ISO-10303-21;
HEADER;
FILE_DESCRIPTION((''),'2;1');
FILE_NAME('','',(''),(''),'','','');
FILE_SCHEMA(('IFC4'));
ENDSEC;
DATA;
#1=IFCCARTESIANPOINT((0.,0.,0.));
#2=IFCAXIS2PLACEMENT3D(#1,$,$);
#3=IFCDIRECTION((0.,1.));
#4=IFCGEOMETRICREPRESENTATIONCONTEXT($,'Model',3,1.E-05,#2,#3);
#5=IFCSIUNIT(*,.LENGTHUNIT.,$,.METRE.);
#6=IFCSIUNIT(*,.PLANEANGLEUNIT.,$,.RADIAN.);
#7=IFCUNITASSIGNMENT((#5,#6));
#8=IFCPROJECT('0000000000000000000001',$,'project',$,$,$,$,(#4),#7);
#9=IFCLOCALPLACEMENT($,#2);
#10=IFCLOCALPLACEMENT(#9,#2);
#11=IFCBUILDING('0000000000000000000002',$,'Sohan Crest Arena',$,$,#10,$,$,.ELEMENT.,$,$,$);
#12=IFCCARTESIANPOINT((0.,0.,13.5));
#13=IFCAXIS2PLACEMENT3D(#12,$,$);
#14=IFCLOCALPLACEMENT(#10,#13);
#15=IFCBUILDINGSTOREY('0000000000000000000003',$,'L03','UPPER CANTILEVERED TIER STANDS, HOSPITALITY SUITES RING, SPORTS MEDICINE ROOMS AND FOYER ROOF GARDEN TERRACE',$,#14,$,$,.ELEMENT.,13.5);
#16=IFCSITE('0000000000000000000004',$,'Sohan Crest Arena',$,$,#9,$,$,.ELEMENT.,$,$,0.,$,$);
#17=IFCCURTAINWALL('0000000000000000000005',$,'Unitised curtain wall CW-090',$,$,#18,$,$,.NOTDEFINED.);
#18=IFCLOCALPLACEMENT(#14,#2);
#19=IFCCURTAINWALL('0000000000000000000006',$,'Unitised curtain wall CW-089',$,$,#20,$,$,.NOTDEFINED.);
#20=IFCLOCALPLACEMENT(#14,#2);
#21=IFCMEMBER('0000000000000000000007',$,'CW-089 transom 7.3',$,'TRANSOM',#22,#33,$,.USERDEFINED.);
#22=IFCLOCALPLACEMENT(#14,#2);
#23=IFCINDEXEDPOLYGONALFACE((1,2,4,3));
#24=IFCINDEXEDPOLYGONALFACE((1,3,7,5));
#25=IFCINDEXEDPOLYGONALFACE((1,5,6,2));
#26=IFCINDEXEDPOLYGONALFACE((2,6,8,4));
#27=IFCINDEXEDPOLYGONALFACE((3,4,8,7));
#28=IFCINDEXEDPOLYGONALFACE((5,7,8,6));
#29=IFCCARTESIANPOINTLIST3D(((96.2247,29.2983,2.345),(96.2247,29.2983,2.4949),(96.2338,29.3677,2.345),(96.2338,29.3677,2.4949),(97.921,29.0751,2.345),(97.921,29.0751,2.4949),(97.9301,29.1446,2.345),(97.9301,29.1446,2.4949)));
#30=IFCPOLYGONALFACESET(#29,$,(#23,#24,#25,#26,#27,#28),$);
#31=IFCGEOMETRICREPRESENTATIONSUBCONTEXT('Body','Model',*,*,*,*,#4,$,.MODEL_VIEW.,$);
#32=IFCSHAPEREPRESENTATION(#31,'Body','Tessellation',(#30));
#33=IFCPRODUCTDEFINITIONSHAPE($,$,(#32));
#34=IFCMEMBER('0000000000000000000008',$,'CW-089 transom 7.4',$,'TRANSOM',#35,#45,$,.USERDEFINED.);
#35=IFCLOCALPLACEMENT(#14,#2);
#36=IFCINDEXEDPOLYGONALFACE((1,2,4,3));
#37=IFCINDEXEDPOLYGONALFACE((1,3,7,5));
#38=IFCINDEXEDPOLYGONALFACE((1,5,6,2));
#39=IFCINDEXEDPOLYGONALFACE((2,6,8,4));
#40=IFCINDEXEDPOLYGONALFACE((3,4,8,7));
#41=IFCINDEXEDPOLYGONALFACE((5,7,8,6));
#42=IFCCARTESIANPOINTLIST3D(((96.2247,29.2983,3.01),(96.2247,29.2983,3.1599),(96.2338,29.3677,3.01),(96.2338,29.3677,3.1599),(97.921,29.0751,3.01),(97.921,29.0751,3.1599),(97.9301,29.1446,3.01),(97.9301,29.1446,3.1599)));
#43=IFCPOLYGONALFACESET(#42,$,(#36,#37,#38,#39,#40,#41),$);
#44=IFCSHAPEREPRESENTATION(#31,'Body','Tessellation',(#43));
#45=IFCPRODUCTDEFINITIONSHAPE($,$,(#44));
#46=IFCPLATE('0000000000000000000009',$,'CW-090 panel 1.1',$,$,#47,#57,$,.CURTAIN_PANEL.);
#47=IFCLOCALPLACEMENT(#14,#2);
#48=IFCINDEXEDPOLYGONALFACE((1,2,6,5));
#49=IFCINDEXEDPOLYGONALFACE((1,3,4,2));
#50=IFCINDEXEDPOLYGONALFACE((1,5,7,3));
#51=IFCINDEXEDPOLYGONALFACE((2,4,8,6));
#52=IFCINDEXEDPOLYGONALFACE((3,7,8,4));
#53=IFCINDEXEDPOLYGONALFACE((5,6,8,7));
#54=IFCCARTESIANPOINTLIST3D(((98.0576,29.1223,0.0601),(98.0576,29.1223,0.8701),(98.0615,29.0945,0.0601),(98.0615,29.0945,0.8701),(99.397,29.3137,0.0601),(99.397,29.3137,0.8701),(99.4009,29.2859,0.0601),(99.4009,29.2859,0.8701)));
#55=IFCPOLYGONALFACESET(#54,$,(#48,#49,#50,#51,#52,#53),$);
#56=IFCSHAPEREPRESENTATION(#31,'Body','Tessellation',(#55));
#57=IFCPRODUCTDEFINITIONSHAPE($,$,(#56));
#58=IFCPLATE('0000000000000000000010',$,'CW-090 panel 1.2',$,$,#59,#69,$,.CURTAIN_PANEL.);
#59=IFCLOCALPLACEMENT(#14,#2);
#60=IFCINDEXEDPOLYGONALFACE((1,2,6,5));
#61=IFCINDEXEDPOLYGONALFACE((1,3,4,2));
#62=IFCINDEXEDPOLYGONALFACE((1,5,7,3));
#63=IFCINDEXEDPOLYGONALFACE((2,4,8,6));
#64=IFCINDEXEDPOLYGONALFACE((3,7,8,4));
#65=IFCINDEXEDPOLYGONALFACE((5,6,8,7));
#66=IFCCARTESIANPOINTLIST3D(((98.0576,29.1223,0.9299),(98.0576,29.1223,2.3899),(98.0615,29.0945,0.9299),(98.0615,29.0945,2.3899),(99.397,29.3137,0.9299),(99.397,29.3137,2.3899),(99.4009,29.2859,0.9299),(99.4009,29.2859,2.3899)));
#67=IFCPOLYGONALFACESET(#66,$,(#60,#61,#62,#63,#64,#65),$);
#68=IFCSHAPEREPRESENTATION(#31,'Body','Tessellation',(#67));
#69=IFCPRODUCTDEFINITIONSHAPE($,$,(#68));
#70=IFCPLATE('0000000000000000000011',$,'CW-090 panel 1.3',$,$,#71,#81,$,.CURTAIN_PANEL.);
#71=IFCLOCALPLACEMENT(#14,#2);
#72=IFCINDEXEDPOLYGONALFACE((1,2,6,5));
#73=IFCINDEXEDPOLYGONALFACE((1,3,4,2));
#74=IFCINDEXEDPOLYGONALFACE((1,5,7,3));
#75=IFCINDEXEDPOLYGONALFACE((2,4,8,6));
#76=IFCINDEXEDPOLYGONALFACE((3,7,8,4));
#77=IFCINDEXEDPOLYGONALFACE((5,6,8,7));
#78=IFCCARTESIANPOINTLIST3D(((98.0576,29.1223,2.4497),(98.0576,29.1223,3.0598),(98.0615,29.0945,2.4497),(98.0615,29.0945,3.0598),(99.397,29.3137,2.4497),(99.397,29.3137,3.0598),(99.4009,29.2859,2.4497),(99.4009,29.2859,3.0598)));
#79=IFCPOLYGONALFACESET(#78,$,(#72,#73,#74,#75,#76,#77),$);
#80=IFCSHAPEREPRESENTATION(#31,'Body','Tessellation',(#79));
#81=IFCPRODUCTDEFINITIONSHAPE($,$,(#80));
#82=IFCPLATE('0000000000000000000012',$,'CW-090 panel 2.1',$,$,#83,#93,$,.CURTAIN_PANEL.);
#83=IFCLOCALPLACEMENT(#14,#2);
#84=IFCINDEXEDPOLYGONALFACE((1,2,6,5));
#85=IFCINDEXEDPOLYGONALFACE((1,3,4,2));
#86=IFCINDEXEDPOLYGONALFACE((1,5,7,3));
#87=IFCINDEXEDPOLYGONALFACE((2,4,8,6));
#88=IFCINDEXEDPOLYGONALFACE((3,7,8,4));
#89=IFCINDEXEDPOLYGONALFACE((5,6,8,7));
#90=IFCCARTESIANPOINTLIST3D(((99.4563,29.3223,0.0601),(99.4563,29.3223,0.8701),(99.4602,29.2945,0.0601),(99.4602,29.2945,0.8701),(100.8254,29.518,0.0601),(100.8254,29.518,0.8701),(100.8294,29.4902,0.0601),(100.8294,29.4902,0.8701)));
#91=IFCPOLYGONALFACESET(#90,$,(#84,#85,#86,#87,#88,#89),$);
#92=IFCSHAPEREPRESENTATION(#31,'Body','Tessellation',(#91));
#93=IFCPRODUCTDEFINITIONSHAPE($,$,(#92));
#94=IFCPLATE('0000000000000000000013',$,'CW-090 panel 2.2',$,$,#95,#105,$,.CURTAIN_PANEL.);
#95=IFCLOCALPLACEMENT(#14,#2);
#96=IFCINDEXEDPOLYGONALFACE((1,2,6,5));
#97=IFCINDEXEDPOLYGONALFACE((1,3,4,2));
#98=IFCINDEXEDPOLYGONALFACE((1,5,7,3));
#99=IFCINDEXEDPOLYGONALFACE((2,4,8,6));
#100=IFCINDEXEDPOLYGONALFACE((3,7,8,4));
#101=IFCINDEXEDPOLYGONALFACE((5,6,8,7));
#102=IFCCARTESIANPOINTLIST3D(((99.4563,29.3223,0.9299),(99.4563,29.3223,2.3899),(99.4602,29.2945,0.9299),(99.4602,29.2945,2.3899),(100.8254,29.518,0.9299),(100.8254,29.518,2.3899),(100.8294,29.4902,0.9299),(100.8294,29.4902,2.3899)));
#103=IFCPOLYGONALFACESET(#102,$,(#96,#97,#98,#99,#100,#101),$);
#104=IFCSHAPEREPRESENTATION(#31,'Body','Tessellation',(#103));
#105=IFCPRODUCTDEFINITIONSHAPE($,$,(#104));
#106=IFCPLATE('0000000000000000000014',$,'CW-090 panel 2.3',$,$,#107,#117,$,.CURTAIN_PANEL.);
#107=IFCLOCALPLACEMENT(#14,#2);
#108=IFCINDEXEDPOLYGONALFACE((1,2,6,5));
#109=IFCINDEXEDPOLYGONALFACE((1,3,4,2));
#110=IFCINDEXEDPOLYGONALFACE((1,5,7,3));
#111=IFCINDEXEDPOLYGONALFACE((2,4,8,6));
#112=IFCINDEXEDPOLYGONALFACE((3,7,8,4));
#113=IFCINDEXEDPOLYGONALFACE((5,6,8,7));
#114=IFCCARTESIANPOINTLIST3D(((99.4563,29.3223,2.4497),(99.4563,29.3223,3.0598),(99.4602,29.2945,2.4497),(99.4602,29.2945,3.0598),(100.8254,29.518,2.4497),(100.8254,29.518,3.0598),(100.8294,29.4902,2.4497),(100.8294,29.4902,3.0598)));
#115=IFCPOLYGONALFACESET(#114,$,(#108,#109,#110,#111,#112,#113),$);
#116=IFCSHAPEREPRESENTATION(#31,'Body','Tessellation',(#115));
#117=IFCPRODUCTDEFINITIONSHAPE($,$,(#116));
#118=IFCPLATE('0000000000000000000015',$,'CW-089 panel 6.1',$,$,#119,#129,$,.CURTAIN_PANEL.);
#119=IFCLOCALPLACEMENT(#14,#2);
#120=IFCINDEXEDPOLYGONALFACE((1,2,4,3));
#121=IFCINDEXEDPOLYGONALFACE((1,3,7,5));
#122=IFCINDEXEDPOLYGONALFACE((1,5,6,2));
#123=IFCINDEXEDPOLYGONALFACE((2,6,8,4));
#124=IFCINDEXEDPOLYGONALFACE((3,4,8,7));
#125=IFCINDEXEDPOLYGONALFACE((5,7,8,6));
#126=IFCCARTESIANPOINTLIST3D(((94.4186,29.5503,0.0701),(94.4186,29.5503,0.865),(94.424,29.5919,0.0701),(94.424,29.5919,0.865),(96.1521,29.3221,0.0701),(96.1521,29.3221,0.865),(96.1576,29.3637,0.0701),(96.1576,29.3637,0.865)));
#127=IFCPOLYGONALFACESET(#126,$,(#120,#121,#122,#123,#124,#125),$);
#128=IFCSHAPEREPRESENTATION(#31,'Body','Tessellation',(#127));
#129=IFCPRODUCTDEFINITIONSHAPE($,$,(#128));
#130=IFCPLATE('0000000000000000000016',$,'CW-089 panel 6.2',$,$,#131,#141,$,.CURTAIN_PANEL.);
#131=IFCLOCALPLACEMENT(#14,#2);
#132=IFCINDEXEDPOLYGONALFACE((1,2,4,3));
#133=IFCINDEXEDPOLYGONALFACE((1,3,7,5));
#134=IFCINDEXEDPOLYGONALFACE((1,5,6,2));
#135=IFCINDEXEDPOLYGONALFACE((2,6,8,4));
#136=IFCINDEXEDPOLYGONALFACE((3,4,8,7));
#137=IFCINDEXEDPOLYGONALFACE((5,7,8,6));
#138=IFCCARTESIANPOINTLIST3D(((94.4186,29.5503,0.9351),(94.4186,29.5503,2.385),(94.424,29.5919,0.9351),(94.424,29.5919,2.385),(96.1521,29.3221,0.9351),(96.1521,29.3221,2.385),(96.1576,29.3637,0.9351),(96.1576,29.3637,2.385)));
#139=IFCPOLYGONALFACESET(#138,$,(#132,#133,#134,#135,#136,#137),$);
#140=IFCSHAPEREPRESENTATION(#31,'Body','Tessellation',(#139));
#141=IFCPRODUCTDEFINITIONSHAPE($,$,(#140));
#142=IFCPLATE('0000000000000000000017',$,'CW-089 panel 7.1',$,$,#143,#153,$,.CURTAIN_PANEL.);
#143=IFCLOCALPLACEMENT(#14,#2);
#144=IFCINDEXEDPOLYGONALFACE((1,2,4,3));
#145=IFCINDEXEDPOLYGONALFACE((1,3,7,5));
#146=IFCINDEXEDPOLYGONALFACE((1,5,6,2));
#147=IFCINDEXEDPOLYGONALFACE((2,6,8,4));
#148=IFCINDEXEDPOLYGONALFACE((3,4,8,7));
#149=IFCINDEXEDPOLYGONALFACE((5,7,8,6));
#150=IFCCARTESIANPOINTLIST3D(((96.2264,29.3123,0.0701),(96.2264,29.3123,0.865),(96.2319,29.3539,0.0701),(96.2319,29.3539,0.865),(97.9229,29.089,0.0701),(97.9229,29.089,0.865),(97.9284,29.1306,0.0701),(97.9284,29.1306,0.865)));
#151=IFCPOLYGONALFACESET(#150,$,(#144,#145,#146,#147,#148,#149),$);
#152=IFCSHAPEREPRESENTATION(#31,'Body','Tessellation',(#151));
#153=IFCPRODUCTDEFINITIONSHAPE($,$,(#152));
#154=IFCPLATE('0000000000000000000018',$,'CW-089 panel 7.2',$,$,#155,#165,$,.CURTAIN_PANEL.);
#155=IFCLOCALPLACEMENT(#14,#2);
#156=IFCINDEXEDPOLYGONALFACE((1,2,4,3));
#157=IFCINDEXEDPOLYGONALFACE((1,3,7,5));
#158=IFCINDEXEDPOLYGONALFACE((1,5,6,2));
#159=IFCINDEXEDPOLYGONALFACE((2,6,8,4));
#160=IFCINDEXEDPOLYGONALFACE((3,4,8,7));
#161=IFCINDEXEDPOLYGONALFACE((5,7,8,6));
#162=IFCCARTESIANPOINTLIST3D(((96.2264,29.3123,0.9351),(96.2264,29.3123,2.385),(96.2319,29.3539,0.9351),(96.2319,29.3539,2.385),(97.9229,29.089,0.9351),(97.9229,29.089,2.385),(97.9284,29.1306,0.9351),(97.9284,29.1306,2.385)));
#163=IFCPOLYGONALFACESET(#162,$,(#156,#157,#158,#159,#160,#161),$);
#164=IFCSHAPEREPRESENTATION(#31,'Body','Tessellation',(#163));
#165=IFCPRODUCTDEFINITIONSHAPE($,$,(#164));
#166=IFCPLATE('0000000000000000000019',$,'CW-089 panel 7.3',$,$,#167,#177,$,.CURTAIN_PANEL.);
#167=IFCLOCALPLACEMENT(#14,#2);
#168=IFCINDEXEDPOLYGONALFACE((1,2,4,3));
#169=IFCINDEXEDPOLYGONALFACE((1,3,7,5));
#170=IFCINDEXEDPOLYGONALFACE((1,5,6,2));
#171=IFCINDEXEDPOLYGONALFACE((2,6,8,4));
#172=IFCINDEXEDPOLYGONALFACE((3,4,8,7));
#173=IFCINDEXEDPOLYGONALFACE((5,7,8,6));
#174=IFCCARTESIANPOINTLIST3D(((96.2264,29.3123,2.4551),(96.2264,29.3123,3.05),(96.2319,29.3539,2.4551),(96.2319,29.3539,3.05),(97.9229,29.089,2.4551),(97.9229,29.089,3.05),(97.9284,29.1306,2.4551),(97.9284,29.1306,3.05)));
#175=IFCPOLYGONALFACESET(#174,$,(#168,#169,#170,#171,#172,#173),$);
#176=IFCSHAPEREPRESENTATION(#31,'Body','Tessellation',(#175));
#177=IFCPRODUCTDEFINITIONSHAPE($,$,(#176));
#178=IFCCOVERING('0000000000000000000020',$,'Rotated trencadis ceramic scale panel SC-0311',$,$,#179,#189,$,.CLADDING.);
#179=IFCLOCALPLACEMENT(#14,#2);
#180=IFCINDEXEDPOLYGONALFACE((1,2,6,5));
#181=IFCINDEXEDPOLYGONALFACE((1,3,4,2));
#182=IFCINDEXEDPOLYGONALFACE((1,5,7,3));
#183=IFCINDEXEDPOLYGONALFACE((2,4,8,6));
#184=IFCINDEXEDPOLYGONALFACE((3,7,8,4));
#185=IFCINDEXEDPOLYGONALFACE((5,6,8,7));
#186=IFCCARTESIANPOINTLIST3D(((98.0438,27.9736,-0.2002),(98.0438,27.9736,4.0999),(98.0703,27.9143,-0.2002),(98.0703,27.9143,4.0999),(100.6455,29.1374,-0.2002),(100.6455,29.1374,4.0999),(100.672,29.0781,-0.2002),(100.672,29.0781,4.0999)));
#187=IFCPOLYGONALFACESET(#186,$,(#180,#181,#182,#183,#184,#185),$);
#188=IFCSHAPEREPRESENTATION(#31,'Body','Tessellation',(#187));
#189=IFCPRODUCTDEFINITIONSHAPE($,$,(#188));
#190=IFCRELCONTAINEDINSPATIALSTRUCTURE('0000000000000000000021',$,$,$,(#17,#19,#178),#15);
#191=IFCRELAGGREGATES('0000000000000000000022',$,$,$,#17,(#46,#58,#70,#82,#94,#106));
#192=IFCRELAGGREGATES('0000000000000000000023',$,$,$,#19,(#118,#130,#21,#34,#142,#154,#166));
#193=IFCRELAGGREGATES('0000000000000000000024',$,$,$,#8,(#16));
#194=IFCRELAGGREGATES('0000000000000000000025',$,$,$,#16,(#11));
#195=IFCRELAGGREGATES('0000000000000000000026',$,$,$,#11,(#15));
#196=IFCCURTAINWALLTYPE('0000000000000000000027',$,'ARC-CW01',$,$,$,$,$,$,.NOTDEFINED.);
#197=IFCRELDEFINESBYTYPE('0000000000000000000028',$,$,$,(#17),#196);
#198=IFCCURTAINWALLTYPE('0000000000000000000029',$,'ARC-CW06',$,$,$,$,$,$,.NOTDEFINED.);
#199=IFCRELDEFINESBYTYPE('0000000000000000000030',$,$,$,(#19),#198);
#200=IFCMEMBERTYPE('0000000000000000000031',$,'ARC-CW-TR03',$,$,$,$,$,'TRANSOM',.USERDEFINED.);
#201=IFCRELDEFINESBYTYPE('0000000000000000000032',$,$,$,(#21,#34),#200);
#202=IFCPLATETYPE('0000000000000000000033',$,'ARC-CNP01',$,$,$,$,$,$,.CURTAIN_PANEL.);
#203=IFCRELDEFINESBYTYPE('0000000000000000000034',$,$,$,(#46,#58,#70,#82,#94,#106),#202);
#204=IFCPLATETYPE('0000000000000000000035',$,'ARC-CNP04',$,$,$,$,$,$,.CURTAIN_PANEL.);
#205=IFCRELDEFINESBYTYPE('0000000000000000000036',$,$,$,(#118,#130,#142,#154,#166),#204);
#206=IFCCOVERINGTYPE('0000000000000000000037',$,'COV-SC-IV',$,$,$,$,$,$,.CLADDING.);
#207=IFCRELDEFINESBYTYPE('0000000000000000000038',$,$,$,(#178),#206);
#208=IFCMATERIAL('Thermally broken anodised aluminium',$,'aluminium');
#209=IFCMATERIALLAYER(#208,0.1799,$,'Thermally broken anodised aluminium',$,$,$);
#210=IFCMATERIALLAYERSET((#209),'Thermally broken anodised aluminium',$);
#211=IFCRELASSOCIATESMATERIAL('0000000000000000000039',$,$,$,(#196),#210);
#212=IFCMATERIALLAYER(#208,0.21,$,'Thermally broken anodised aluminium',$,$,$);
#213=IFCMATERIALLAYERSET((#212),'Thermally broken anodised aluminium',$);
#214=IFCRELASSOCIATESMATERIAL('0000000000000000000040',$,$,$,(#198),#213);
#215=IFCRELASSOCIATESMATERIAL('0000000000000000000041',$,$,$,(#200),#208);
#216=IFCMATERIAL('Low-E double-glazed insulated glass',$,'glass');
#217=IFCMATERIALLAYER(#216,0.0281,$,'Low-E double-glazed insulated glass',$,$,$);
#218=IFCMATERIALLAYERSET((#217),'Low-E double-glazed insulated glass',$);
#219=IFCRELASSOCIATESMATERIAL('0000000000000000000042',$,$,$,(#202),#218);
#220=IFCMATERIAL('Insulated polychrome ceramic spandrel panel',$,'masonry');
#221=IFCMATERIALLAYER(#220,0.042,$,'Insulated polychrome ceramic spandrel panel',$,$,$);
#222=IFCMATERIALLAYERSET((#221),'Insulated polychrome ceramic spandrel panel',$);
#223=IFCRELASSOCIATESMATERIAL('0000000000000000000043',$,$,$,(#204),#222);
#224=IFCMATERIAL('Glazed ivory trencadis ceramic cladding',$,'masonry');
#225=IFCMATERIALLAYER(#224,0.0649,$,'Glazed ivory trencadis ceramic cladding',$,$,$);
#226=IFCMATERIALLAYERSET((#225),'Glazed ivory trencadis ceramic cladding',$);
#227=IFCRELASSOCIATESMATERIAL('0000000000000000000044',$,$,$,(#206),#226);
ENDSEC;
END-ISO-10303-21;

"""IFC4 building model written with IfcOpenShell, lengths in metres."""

from ifc_helpers import new_model, si_unit, direction, frame, origin, origin_2d, place, context, subcontext, project, spatial, rectangle, extrude, material, layer, layer_set, material_profile, profile_set, type_object, element, aggregate, save


model = new_model("IFC4")

# Units and contexts
model_context = context("Model", 3, precision=1e-05, world=origin(), true_north=direction((0.0, 1.0)))
body_context = subcontext(model_context, "Body", "Model", "MODEL_VIEW")
ifc_project = project(units=[si_unit("LENGTHUNIT", "METRE"), si_unit("PLANEANGLEUNIT", "RADIAN")], contexts=[model_context])

# Site, building, storey
site_placement = place(None, origin())
site = spatial("IfcSite", under=ifc_project, at=site_placement, Name="Sohan Crest Arena", CompositionType="ELEMENT", RefElevation=0.0)
building_placement = place(site_placement, origin())
building = spatial("IfcBuilding", under=site, at=building_placement, Name="Sohan Crest Arena", CompositionType="ELEMENT")
storey_placement = place(building_placement, frame((0.0, 0.0, 13.5)))
storey = spatial("IfcBuildingStorey", under=building, at=storey_placement, Name="L03", Description="UPPER CANTILEVERED TIER STANDS, HOSPITALITY SUITES RING, SPORTS MEDICINE ROOMS AND FOYER ROOF GARDEN TERRACE", CompositionType="ELEMENT", Elevation=13.5)

# Curtain walls
ifc_material_1 = material(Name="Thermally broken anodised aluminium", Category="aluminium")
ifc_layer_1 = layer(ifc_material_1, 0.1799, Name="Thermally broken anodised aluminium")
ifc_layer_set_1 = layer_set([ifc_layer_1], Name="Thermally broken anodised aluminium")
curtain_wall_type_1 = type_object("IfcCurtainWallType", Name="ARC-CW01", PredefinedType="NOTDEFINED", material=ifc_layer_set_1)
curtain_wall_1_placement = place(storey_placement, origin())
curtain_wall_1 = element("IfcCurtainWall", 1, at=curtain_wall_1_placement, inside=storey, type_object=curtain_wall_type_1, Name="Unitised curtain wall CW-090", PredefinedType="NOTDEFINED")
ifc_layer_2 = layer(ifc_material_1, 0.21, Name="Thermally broken anodised aluminium")
ifc_layer_set_2 = layer_set([ifc_layer_2], Name="Thermally broken anodised aluminium")
curtain_wall_type_2 = type_object("IfcCurtainWallType", Name="ARC-CW06", PredefinedType="NOTDEFINED", material=ifc_layer_set_2)
curtain_wall_2_placement = place(storey_placement, origin())
curtain_wall_2 = element("IfcCurtainWall", 2, at=curtain_wall_2_placement, inside=storey, type_object=curtain_wall_type_2, Name="Unitised curtain wall CW-089", PredefinedType="NOTDEFINED")

# Members
ifc_material_profile_1 = material_profile(ifc_material_1, rectangle(XDim=0.0701, YDim=0.1499, at=origin_2d()), Name="ALU-TRAN 70x150")
ifc_profile_set_1 = profile_set([ifc_material_profile_1], Name="Thermally broken anodised aluminium")
member_type_1 = type_object("IfcMemberType", Name="ARC-CW-TR03", ElementType="TRANSOM", PredefinedType="USERDEFINED", material=ifc_profile_set_1)
member_1_placement = place(storey_placement, frame((96.2292, 29.333, 2.4199), z_axis=(0.991458, -0.130425, 0.0), x_axis=(0.130425, 0.991458, 0.0)))
member_1 = element("IfcMember", 3, at=member_1_placement, type_object=member_type_1, Name="CW-089 transom 7.3", ObjectType="TRANSOM", PredefinedType="USERDEFINED", context=body_context, shape_type="SweptSolid", body=[
    extrude(rectangle(XDim=0.0701, YDim=0.1499, at=origin_2d()), origin(), (0.0, 0.0, 1.0), 1.7109),
])
member_2_placement = place(storey_placement, frame((96.2292, 29.333, 3.085), z_axis=(0.991458, -0.130425, 0.0), x_axis=(0.130425, 0.991458, 0.0)))
member_2 = element("IfcMember", 4, at=member_2_placement, type_object=member_type_1, Name="CW-089 transom 7.4", ObjectType="TRANSOM", PredefinedType="USERDEFINED", context=body_context, shape_type="SweptSolid", body=[
    extrude(rectangle(XDim=0.0701, YDim=0.1499, at=origin_2d()), origin(), (0.0, 0.0, 1.0), 1.7109),
])

# Plates
ifc_material_2 = material(Name="Low-E double-glazed insulated glass", Category="glass")
ifc_layer_3 = layer(ifc_material_2, 0.0281, Name="Low-E double-glazed insulated glass")
ifc_layer_set_3 = layer_set([ifc_layer_3], Name="Low-E double-glazed insulated glass")
plate_type_1 = type_object("IfcPlateType", Name="ARC-CNP01", PredefinedType="CURTAIN_PANEL", material=ifc_layer_set_3)
plate_1_placement = place(storey_placement, frame((98.7292, 29.2041, 0.0601), z_axis=(0.0, 0.0, 1.0), x_axis=(0.989944, 0.141463, 0.0)))
plate_1 = element("IfcPlate", 5, at=plate_1_placement, type_object=plate_type_1, Name="CW-090 panel 1.1", PredefinedType="CURTAIN_PANEL", context=body_context, shape_type="SweptSolid", body=[
    extrude(rectangle(XDim=1.353, YDim=0.0281, at=origin_2d()), origin(), (0.0, 0.0, 1.0), 0.8101),
])
plate_2_placement = place(storey_placement, frame((98.7292, 29.2041, 0.9299), z_axis=(0.0, 0.0, 1.0), x_axis=(0.989944, 0.141463, 0.0)))
plate_2 = element("IfcPlate", 6, at=plate_2_placement, type_object=plate_type_1, Name="CW-090 panel 1.2", PredefinedType="CURTAIN_PANEL", context=body_context, shape_type="SweptSolid", body=[
    extrude(rectangle(XDim=1.353, YDim=0.0281, at=origin_2d()), origin(), (0.0, 0.0, 1.0), 1.46),
])
plate_3_placement = place(storey_placement, frame((98.7292, 29.2041, 2.4497), z_axis=(0.0, 0.0, 1.0), x_axis=(0.989944, 0.141463, 0.0)))
plate_3 = element("IfcPlate", 7, at=plate_3_placement, type_object=plate_type_1, Name="CW-090 panel 1.3", PredefinedType="CURTAIN_PANEL", context=body_context, shape_type="SweptSolid", body=[
    extrude(rectangle(XDim=1.353, YDim=0.0281, at=origin_2d()), origin(), (0.0, 0.0, 1.0), 0.6101),
])
plate_4_placement = place(storey_placement, frame((100.1428, 29.4062, 0.0601), z_axis=(0.0, 0.0, 1.0), x_axis=(0.989944, 0.141463, 0.0)))
plate_4 = element("IfcPlate", 8, at=plate_4_placement, type_object=plate_type_1, Name="CW-090 panel 2.1", PredefinedType="CURTAIN_PANEL", context=body_context, shape_type="SweptSolid", body=[
    extrude(rectangle(XDim=1.3831, YDim=0.0281, at=origin_2d()), origin(), (0.0, 0.0, 1.0), 0.8101),
])
plate_5_placement = place(storey_placement, frame((100.1428, 29.4062, 0.9299), z_axis=(0.0, 0.0, 1.0), x_axis=(0.989944, 0.141463, 0.0)))
plate_5 = element("IfcPlate", 9, at=plate_5_placement, type_object=plate_type_1, Name="CW-090 panel 2.2", PredefinedType="CURTAIN_PANEL", context=body_context, shape_type="SweptSolid", body=[
    extrude(rectangle(XDim=1.3831, YDim=0.0281, at=origin_2d()), origin(), (0.0, 0.0, 1.0), 1.46),
])
plate_6_placement = place(storey_placement, frame((100.1428, 29.4062, 2.4497), z_axis=(0.0, 0.0, 1.0), x_axis=(0.989944, 0.141463, 0.0)))
plate_6 = element("IfcPlate", 10, at=plate_6_placement, type_object=plate_type_1, Name="CW-090 panel 2.3", PredefinedType="CURTAIN_PANEL", context=body_context, shape_type="SweptSolid", body=[
    extrude(rectangle(XDim=1.3831, YDim=0.0281, at=origin_2d()), origin(), (0.0, 0.0, 1.0), 0.6101),
])
aggregate(curtain_wall_1, [plate_1, plate_2, plate_3, plate_4, plate_5, plate_6])
ifc_material_3 = material(Name="Insulated polychrome ceramic spandrel panel", Category="masonry")
ifc_layer_4 = layer(ifc_material_3, 0.042, Name="Insulated polychrome ceramic spandrel panel")
ifc_layer_set_4 = layer_set([ifc_layer_4], Name="Insulated polychrome ceramic spandrel panel")
plate_type_2 = type_object("IfcPlateType", Name="ARC-CNP04", PredefinedType="CURTAIN_PANEL", material=ifc_layer_set_4)
plate_7_placement = place(storey_placement, frame((95.2881, 29.457, 0.0701), z_axis=(0.0, 0.0, 1.0), x_axis=(0.991447, -0.130511, 0.0)))
plate_7 = element("IfcPlate", 11, at=plate_7_placement, type_object=plate_type_2, Name="CW-089 panel 6.1", PredefinedType="CURTAIN_PANEL", context=body_context, shape_type="SweptSolid", body=[
    extrude(rectangle(XDim=1.7485, YDim=0.042, at=origin_2d()), origin(), (0.0, 0.0, 1.0), 0.7949),
])
plate_8_placement = place(storey_placement, frame((95.2881, 29.457, 0.9351), z_axis=(0.0, 0.0, 1.0), x_axis=(0.991447, -0.130511, 0.0)))
plate_8 = element("IfcPlate", 12, at=plate_8_placement, type_object=plate_type_2, Name="CW-089 panel 6.2", PredefinedType="CURTAIN_PANEL", context=body_context, shape_type="SweptSolid", body=[
    extrude(rectangle(XDim=1.7485, YDim=0.042, at=origin_2d()), origin(), (0.0, 0.0, 1.0), 1.45),
])
plate_9_placement = place(storey_placement, frame((97.0774, 29.2214, 0.0701), z_axis=(0.0, 0.0, 1.0), x_axis=(0.991447, -0.130511, 0.0)))
plate_9 = element("IfcPlate", 13, at=plate_9_placement, type_object=plate_type_2, Name="CW-089 panel 7.1", PredefinedType="CURTAIN_PANEL", context=body_context, shape_type="SweptSolid", body=[
    extrude(rectangle(XDim=1.7112, YDim=0.042, at=origin_2d()), origin(), (0.0, 0.0, 1.0), 0.7949),
])
plate_10_placement = place(storey_placement, frame((97.0774, 29.2214, 0.9351), z_axis=(0.0, 0.0, 1.0), x_axis=(0.991447, -0.130511, 0.0)))
plate_10 = element("IfcPlate", 14, at=plate_10_placement, type_object=plate_type_2, Name="CW-089 panel 7.2", PredefinedType="CURTAIN_PANEL", context=body_context, shape_type="SweptSolid", body=[
    extrude(rectangle(XDim=1.7112, YDim=0.042, at=origin_2d()), origin(), (0.0, 0.0, 1.0), 1.45),
])
plate_11_placement = place(storey_placement, frame((97.0774, 29.2214, 2.4551), z_axis=(0.0, 0.0, 1.0), x_axis=(0.991447, -0.130511, 0.0)))
plate_11 = element("IfcPlate", 15, at=plate_11_placement, type_object=plate_type_2, Name="CW-089 panel 7.3", PredefinedType="CURTAIN_PANEL", context=body_context, shape_type="SweptSolid", body=[
    extrude(rectangle(XDim=1.7112, YDim=0.042, at=origin_2d()), origin(), (0.0, 0.0, 1.0), 0.595),
])
aggregate(curtain_wall_2, [plate_7, plate_8, member_1, member_2, plate_9, plate_10, plate_11])

# Covering
ifc_material_4 = material(Name="Glazed ivory trencadis ceramic cladding", Category="masonry")
ifc_layer_5 = layer(ifc_material_4, 0.0649, Name="Glazed ivory trencadis ceramic cladding")
ifc_layer_set_5 = layer_set([ifc_layer_5], Name="Glazed ivory trencadis ceramic cladding")
covering_type = type_object("IfcCoveringType", Name="COV-SC-IV", PredefinedType="CLADDING", material=ifc_layer_set_5)
for number, where, z_axis, x_axis, name in (
    (16, (99.3579, 28.5259, -0.2002), (0.0, 0.0, 1.0), (0.912834, 0.40833, 0.0), "Rotated trencadis ceramic scale panel SC-0311"),
):
    element("IfcCovering", number, at=place(storey_placement, frame(where, z_axis=z_axis, x_axis=x_axis)), inside=storey, type_object=covering_type, Name=name, PredefinedType="CLADDING", context=body_context, shape_type="SweptSolid", body=[
        extrude(rectangle(XDim=2.8501, YDim=0.0649, at=origin_2d()), origin(), (0.0, 0.0, 1.0), 4.3),
    ])

save(model, "model.ifc")
